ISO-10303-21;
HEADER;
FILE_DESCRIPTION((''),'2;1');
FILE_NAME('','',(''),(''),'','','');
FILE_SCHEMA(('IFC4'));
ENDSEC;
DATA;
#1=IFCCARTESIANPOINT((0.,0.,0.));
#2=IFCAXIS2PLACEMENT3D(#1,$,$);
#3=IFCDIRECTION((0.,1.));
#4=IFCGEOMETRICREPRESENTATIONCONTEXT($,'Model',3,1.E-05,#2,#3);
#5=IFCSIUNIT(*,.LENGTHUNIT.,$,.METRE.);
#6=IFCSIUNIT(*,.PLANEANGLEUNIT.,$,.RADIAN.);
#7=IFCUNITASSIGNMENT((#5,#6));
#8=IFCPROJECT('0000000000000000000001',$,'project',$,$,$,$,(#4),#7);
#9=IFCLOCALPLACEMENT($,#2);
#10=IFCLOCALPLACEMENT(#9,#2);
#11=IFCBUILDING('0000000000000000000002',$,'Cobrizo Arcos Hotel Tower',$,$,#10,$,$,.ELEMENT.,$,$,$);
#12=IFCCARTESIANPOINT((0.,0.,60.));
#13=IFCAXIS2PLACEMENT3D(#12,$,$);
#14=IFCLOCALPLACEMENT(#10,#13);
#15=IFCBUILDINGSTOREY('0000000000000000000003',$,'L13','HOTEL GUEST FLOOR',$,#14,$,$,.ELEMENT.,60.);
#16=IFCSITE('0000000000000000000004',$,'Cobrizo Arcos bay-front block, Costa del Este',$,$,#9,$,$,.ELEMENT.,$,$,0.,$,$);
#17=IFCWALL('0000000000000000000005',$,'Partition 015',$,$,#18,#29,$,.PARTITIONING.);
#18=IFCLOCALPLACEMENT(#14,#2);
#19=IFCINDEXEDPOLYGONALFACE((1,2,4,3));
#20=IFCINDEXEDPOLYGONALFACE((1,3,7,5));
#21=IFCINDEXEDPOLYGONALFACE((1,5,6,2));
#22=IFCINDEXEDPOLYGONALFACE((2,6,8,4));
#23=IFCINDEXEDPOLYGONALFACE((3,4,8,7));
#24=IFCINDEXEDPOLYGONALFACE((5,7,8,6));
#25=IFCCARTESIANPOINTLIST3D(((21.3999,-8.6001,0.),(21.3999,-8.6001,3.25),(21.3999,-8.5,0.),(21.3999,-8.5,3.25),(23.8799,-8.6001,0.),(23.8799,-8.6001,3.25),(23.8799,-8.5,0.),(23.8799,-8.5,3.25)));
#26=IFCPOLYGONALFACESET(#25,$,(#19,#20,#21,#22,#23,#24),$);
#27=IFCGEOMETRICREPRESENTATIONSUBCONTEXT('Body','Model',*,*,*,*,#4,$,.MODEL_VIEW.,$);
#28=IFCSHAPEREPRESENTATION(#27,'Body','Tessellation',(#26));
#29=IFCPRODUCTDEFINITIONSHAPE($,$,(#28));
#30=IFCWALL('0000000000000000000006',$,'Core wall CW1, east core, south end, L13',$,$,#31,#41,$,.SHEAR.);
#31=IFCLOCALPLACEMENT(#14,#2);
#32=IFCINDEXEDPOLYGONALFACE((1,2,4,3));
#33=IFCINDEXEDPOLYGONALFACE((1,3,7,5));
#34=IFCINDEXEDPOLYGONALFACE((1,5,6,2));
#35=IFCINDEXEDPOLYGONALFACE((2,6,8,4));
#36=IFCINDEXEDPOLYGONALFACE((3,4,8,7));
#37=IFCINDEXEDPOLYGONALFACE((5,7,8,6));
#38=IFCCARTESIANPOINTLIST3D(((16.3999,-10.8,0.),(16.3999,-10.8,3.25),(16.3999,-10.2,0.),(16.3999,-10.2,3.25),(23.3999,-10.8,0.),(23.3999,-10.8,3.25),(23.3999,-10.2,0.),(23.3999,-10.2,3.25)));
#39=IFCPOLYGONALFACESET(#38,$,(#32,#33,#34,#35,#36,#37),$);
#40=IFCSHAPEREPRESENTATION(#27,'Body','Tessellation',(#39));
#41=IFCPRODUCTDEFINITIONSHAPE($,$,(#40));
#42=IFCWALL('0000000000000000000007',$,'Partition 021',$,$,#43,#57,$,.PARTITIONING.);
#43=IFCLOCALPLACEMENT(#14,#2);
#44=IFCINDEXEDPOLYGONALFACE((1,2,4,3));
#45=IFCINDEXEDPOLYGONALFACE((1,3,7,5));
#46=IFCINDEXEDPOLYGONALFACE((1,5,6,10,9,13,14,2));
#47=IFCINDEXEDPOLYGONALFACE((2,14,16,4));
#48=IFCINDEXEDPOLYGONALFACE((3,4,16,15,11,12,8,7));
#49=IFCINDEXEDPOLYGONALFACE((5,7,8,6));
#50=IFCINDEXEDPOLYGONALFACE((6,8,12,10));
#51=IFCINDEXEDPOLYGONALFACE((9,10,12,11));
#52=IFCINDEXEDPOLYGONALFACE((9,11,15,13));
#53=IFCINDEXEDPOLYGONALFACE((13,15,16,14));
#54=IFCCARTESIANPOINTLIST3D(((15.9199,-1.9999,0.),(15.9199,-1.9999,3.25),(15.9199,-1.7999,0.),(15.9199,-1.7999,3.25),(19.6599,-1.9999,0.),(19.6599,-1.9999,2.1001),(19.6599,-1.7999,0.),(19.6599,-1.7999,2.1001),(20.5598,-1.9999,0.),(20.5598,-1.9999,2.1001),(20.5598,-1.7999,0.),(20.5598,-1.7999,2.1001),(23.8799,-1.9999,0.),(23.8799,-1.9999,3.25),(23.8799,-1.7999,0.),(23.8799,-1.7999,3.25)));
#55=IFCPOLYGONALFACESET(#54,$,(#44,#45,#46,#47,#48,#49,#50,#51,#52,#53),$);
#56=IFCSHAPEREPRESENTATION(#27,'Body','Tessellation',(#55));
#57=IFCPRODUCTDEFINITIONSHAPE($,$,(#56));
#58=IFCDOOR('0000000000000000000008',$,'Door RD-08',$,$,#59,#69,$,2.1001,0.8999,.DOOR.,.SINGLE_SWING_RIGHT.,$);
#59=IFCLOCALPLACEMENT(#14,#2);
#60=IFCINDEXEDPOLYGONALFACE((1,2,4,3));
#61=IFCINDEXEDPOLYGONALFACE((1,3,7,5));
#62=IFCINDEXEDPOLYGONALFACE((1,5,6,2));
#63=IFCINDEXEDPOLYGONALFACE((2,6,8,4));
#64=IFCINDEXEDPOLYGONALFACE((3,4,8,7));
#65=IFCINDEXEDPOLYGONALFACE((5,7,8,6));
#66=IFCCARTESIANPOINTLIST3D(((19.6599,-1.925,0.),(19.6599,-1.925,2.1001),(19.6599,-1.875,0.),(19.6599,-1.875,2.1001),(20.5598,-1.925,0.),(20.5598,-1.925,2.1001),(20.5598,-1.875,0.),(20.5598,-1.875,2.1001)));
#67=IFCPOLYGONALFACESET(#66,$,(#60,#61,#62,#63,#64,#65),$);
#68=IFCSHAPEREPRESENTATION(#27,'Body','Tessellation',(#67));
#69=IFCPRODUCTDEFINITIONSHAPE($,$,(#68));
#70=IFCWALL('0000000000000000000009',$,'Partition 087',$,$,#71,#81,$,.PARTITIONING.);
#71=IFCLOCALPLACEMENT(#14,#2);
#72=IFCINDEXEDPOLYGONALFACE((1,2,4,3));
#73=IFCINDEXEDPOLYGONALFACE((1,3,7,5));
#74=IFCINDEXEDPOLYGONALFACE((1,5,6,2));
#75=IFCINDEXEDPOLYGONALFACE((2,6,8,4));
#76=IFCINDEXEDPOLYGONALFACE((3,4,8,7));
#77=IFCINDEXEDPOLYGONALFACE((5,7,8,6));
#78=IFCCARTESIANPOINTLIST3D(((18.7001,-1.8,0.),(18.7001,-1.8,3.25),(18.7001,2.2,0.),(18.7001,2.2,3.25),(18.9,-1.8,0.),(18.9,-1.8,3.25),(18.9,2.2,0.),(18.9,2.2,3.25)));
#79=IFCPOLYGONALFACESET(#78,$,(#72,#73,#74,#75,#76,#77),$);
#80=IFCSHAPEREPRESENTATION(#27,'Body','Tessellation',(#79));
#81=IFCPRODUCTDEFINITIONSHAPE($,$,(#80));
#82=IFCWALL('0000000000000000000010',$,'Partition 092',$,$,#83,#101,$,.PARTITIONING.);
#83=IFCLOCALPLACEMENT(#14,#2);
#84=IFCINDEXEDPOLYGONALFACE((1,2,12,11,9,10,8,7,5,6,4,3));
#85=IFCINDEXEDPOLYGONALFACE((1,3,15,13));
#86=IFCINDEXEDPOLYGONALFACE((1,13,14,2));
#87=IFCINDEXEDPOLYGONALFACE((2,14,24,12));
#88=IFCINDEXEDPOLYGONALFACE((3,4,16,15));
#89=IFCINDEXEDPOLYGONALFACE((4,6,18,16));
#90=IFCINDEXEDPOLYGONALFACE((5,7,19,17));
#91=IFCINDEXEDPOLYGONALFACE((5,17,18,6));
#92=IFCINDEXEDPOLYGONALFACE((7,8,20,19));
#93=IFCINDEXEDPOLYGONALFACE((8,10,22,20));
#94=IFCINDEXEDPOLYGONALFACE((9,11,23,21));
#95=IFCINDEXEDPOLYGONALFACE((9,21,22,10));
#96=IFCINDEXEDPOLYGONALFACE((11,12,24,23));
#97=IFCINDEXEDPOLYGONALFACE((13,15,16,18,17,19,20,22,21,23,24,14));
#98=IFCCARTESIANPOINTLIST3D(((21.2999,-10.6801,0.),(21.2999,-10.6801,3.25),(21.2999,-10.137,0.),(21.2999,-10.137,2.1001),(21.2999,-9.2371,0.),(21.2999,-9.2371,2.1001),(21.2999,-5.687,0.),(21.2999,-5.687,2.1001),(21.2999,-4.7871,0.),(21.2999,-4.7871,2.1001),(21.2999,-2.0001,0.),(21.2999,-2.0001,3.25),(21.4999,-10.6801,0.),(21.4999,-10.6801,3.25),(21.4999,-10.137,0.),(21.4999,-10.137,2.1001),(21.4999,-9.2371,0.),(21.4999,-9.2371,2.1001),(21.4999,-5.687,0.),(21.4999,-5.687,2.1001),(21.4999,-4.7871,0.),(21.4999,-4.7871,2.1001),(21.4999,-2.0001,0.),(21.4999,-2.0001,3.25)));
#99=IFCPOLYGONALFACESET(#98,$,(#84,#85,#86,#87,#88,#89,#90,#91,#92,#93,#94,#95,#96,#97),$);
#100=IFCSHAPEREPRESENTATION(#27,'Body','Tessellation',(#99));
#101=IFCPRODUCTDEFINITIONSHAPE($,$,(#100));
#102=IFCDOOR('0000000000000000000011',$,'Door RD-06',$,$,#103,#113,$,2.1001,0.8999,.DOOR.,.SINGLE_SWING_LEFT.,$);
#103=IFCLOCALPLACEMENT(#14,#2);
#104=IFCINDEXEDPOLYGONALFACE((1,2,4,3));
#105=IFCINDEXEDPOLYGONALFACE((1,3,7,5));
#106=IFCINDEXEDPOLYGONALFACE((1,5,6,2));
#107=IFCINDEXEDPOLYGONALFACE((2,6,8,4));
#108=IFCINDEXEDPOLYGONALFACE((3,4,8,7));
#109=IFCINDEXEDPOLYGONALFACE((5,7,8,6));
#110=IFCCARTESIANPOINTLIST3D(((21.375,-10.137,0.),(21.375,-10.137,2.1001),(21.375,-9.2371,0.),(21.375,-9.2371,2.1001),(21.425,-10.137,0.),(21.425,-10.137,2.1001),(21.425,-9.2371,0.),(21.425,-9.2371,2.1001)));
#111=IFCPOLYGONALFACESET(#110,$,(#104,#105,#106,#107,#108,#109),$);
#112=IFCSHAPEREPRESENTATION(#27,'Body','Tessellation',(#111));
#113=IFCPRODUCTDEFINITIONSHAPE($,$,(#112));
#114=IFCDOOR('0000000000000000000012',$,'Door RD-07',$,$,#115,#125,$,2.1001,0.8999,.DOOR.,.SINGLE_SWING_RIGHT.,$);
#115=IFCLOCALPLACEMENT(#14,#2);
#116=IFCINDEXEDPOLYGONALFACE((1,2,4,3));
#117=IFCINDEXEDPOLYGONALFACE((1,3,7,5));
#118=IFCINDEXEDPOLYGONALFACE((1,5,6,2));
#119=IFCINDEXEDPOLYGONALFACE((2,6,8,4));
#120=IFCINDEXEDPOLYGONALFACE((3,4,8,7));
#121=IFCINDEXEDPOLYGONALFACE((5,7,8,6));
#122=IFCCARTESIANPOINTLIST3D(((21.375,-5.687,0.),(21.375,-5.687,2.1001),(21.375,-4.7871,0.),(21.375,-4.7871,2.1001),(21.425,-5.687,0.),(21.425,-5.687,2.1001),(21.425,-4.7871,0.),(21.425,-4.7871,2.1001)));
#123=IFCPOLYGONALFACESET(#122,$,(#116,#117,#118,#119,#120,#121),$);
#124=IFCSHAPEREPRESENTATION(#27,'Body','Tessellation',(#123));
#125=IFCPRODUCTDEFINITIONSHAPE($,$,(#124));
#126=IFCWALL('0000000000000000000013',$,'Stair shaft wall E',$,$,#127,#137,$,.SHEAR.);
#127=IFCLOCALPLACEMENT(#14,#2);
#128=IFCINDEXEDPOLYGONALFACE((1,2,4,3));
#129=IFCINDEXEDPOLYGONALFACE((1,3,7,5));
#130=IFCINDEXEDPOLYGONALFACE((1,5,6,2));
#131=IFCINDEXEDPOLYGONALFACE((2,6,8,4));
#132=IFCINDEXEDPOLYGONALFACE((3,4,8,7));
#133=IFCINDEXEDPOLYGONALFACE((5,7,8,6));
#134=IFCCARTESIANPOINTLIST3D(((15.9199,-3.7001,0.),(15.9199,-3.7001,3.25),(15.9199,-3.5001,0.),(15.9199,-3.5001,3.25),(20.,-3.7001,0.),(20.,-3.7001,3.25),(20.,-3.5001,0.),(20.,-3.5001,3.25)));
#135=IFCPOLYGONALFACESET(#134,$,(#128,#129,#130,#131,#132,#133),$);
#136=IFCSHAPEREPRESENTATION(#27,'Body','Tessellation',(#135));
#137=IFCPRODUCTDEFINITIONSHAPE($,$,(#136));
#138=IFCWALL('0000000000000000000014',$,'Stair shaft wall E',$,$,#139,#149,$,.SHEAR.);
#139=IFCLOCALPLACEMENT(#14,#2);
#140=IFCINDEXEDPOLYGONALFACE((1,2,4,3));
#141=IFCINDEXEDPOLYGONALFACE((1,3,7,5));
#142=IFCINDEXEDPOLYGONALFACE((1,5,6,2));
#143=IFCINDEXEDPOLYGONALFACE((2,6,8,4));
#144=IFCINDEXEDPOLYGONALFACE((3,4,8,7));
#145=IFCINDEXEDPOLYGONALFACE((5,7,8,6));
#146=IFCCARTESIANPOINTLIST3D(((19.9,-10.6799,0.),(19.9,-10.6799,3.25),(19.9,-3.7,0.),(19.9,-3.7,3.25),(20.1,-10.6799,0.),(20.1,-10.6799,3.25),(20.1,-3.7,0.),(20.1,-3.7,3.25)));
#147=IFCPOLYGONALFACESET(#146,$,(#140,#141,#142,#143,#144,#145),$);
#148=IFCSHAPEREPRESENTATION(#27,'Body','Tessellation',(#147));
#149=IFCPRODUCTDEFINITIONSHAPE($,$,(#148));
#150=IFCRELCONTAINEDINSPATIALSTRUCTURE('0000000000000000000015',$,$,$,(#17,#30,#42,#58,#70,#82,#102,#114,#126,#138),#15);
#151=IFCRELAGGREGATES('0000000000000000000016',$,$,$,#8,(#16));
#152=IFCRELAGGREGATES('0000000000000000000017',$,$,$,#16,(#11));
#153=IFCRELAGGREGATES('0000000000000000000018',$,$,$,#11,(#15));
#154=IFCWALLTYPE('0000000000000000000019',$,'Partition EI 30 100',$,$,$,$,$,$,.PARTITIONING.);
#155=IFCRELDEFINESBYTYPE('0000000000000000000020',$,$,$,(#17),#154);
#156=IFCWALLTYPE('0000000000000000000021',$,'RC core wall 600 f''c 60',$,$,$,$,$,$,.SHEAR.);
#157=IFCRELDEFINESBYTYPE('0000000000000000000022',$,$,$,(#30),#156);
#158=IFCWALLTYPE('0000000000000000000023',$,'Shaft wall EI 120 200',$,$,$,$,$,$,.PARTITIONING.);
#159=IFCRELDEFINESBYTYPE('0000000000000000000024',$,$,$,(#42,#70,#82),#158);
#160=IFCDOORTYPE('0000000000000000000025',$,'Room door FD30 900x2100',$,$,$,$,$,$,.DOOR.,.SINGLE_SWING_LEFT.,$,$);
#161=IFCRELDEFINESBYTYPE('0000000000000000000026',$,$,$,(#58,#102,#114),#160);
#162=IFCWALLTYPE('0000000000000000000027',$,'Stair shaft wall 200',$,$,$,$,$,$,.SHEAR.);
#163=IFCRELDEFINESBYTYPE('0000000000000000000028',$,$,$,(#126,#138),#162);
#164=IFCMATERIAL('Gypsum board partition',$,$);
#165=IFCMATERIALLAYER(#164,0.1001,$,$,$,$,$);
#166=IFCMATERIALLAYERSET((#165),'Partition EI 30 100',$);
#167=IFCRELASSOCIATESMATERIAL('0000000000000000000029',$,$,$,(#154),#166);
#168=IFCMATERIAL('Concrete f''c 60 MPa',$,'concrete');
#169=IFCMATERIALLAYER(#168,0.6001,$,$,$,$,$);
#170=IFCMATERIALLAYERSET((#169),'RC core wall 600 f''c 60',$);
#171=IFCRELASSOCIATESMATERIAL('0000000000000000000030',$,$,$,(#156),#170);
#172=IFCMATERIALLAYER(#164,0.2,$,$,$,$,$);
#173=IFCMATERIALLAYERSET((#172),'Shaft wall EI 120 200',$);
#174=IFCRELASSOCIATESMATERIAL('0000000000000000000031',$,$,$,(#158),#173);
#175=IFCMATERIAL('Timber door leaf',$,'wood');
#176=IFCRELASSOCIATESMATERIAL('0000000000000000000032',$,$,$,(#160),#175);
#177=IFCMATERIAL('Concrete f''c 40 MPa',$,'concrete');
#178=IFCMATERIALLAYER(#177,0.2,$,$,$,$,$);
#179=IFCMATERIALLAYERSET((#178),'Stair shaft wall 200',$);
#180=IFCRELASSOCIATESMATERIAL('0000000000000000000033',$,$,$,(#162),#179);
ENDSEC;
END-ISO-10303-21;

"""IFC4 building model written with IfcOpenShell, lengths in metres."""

from ifc_helpers import new_model, si_unit, direction, frame, frame_2d, origin, place, context, subcontext, project, spatial, rectangle, extrude, material, layer, layer_set, type_object, element, fill, save


model = new_model("IFC4")

# Units and contexts
model_context = context("Model", 3, precision=1e-05, world=origin(), true_north=direction((0.0, 1.0)))
body_context = subcontext(model_context, "Body", "Model", "MODEL_VIEW")
ifc_project = project(units=[si_unit("LENGTHUNIT", "METRE"), si_unit("PLANEANGLEUNIT", "RADIAN")], contexts=[model_context])

# Site, building, storey
site_placement = place(None, origin())
site = spatial("IfcSite", under=ifc_project, at=site_placement, Name="Cobrizo Arcos bay-front block, Costa del Este", CompositionType="ELEMENT", RefElevation=0.0)
building_placement = place(site_placement, origin())
building = spatial("IfcBuilding", under=site, at=building_placement, Name="Cobrizo Arcos Hotel Tower", CompositionType="ELEMENT")
storey_placement = place(building_placement, frame((0.0, 0.0, 60.0)))
storey = spatial("IfcBuildingStorey", under=building, at=storey_placement, Name="L13", Description="HOTEL GUEST FLOOR", CompositionType="ELEMENT", Elevation=60.0)

# Walls
ifc_material_1 = material(Name="Gypsum board partition")
ifc_layer_1 = layer(ifc_material_1, 0.1001)
ifc_layer_set_1 = layer_set([ifc_layer_1], Name="Partition EI 30 100")
wall_type_1 = type_object("IfcWallType", Name="Partition EI 30 100", PredefinedType="PARTITIONING", material=ifc_layer_set_1)
wall_1_placement = place(storey_placement, frame((21.3999, -8.55, 0.0), z_axis=(0.0, 0.0, 1.0), x_axis=(1.0, 0.0, 0.0)))
element("IfcWall", 1, at=wall_1_placement, inside=storey, type_object=wall_type_1, Name="Partition 015", PredefinedType="PARTITIONING", context=body_context, shape_type="SweptSolid", body=[
    extrude(rectangle(XDim=2.48, YDim=0.1001, at=frame_2d((1.24, 0.0))), origin(), (0.0, 0.0, 1.0), 3.25),
])
ifc_material_2 = material(Name="Concrete f'c 60 MPa", Category="concrete")
ifc_layer_2 = layer(ifc_material_2, 0.6001)
ifc_layer_set_2 = layer_set([ifc_layer_2], Name="RC core wall 600 f'c 60")
wall_type_2 = type_object("IfcWallType", Name="RC core wall 600 f'c 60", PredefinedType="SHEAR", material=ifc_layer_set_2)
wall_2_placement = place(storey_placement, frame((16.3999, -10.5, 0.0), z_axis=(0.0, 0.0, 1.0), x_axis=(1.0, 0.0, 0.0)))
element("IfcWall", 2, at=wall_2_placement, inside=storey, type_object=wall_type_2, Name="Core wall CW1, east core, south end, L13", PredefinedType="SHEAR", context=body_context, shape_type="SweptSolid", body=[
    extrude(rectangle(XDim=7.0, YDim=0.6001, at=frame_2d((3.5, 0.0))), origin(), (0.0, 0.0, 1.0), 3.25),
])

# Wall, opening, door
ifc_layer_3 = layer(ifc_material_1, 0.2)
ifc_layer_set_3 = layer_set([ifc_layer_3], Name="Shaft wall EI 120 200")
wall_type_3 = type_object("IfcWallType", Name="Shaft wall EI 120 200", PredefinedType="PARTITIONING", material=ifc_layer_set_3)
wall_3_placement = place(storey_placement, frame((15.9199, -1.8999, 0.0), z_axis=(0.0, 0.0, 1.0), x_axis=(1.0, 0.0, 0.0)))
wall_3 = element("IfcWall", 3, at=wall_3_placement, inside=storey, type_object=wall_type_3, Name="Partition 021", PredefinedType="PARTITIONING", context=body_context, shape_type="SweptSolid", body=[
    extrude(rectangle(XDim=7.96, YDim=0.2, at=frame_2d((3.98, 0.0))), origin(), (0.0, 0.0, 1.0), 3.25),
])
opening_1_placement = place(wall_3_placement, frame((3.74, 0.0, 0.0)))
opening_1 = element("IfcOpeningElement", 4, at=opening_1_placement, cuts=wall_3, PredefinedType="OPENING", context=body_context, shape_type="SweptSolid", body=[
    extrude(rectangle(XDim=0.8999, YDim=2.1001, at=frame_2d((0.45, 1.05))), frame((0.0, 0.1121, 0.0), z_axis=(0.0, -1.0, 0.0), x_axis=(1.0, 0.0, 0.0)), (0.0, 0.0, 1.0), 0.2239),
])
ifc_material_3 = material(Name="Timber door leaf", Category="wood")
door_type = type_object("IfcDoorType", Name="Room door FD30 900x2100", OperationType="SINGLE_SWING_LEFT", PredefinedType="DOOR", material=ifc_material_3)
door_1_placement = place(opening_1_placement, origin())
door_1 = element("IfcDoor", 5, at=door_1_placement, inside=storey, type_object=door_type, Name="Door RD-08", OperationType="SINGLE_SWING_RIGHT", OverallHeight=2.1001, OverallWidth=0.8999, PredefinedType="DOOR", context=body_context, shape_type="SweptSolid", body=[
    extrude(rectangle(XDim=0.8999, YDim=2.1001, at=frame_2d((0.45, 1.05))), frame((0.0, 0.0249, 0.0), z_axis=(0.0, -1.0, 0.0), x_axis=(1.0, 0.0, 0.0)), (0.0, 0.0, 1.0), 0.05),
])
fill(opening_1, door_1)

# Wall
wall_4_placement = place(storey_placement, frame((18.8, -1.8, 0.0), z_axis=(0.0, 0.0, 1.0), x_axis=(0.0, 1.0, 0.0)))
element("IfcWall", 6, at=wall_4_placement, inside=storey, type_object=wall_type_3, Name="Partition 087", PredefinedType="PARTITIONING", context=body_context, shape_type="SweptSolid", body=[
    extrude(rectangle(XDim=4.0, YDim=0.2, at=frame_2d((2.0, 0.0))), origin(), (0.0, 0.0, 1.0), 3.25),
])

# Wall, openings, doors
wall_5_placement = place(storey_placement, frame((21.3999, -10.6799, 0.0), z_axis=(0.0, 0.0, 1.0), x_axis=(0.0, 1.0, 0.0)))
wall_5 = element("IfcWall", 7, at=wall_5_placement, inside=storey, type_object=wall_type_3, Name="Partition 092", PredefinedType="PARTITIONING", context=body_context, shape_type="SweptSolid", body=[
    extrude(rectangle(XDim=8.6799, YDim=0.2, at=frame_2d((4.3398, 0.0))), origin(), (0.0, 0.0, 1.0), 3.25),
])
opening_2_placement = place(wall_5_placement, frame((0.543, 0.0, 0.0)))
opening_2 = element("IfcOpeningElement", 8, at=opening_2_placement, cuts=wall_5, PredefinedType="OPENING", context=body_context, shape_type="SweptSolid", body=[
    extrude(rectangle(XDim=0.8999, YDim=2.1001, at=frame_2d((0.45, 1.05))), frame((0.0, 0.1121, 0.0), z_axis=(0.0, -1.0, 0.0), x_axis=(1.0, 0.0, 0.0)), (0.0, 0.0, 1.0), 0.2239),
])
opening_3_placement = place(wall_5_placement, frame((4.9929, 0.0, 0.0)))
opening_3 = element("IfcOpeningElement", 9, at=opening_3_placement, cuts=wall_5, PredefinedType="OPENING", context=body_context, shape_type="SweptSolid", body=[
    extrude(rectangle(XDim=0.8999, YDim=2.1001, at=frame_2d((0.45, 1.05))), frame((0.0, 0.1121, 0.0), z_axis=(0.0, -1.0, 0.0), x_axis=(1.0, 0.0, 0.0)), (0.0, 0.0, 1.0), 0.2239),
])
door_2_placement = place(opening_2_placement, origin())
door_2 = element("IfcDoor", 10, at=door_2_placement, inside=storey, type_object=door_type, Name="Door RD-06", OperationType="SINGLE_SWING_LEFT", OverallHeight=2.1001, OverallWidth=0.8999, PredefinedType="DOOR", context=body_context, shape_type="SweptSolid", body=[
    extrude(rectangle(XDim=0.8999, YDim=2.1001, at=frame_2d((0.45, 1.05))), frame((0.0, 0.0249, 0.0), z_axis=(0.0, -1.0, 0.0), x_axis=(1.0, 0.0, 0.0)), (0.0, 0.0, 1.0), 0.05),
])
fill(opening_2, door_2)
door_3_placement = place(opening_3_placement, origin())
door_3 = element("IfcDoor", 11, at=door_3_placement, inside=storey, type_object=door_type, Name="Door RD-07", OperationType="SINGLE_SWING_RIGHT", OverallHeight=2.1001, OverallWidth=0.8999, PredefinedType="DOOR", context=body_context, shape_type="SweptSolid", body=[
    extrude(rectangle(XDim=0.8999, YDim=2.1001, at=frame_2d((0.45, 1.05))), frame((0.0, 0.0249, 0.0), z_axis=(0.0, -1.0, 0.0), x_axis=(1.0, 0.0, 0.0)), (0.0, 0.0, 1.0), 0.05),
])
fill(opening_3, door_3)

# Walls
ifc_material_4 = material(Name="Concrete f'c 40 MPa", Category="concrete")
ifc_layer_4 = layer(ifc_material_4, 0.2)
ifc_layer_set_4 = layer_set([ifc_layer_4], Name="Stair shaft wall 200")
wall_type_4 = type_object("IfcWallType", Name="Stair shaft wall 200", PredefinedType="SHEAR", material=ifc_layer_set_4)
wall_6_placement = place(storey_placement, frame((15.9199, -3.6001, 0.0), z_axis=(0.0, 0.0, 1.0), x_axis=(1.0, 0.0, 0.0)))
element("IfcWall", 12, at=wall_6_placement, inside=storey, type_object=wall_type_4, Name="Stair shaft wall E", PredefinedType="SHEAR", context=body_context, shape_type="SweptSolid", body=[
    extrude(rectangle(XDim=4.0801, YDim=0.2, at=frame_2d((2.04, 0.0))), origin(), (0.0, 0.0, 1.0), 3.25),
])
wall_7_placement = place(storey_placement, frame((20.0, -10.6799, 0.0), z_axis=(0.0, 0.0, 1.0), x_axis=(0.0, 1.0, 0.0)))
element("IfcWall", 13, at=wall_7_placement, inside=storey, type_object=wall_type_4, Name="Stair shaft wall E", PredefinedType="SHEAR", context=body_context, shape_type="SweptSolid", body=[
    extrude(rectangle(XDim=6.98, YDim=0.2, at=frame_2d((3.49, 0.0))), origin(), (0.0, 0.0, 1.0), 3.25),
])

save(model, "model.ifc")
